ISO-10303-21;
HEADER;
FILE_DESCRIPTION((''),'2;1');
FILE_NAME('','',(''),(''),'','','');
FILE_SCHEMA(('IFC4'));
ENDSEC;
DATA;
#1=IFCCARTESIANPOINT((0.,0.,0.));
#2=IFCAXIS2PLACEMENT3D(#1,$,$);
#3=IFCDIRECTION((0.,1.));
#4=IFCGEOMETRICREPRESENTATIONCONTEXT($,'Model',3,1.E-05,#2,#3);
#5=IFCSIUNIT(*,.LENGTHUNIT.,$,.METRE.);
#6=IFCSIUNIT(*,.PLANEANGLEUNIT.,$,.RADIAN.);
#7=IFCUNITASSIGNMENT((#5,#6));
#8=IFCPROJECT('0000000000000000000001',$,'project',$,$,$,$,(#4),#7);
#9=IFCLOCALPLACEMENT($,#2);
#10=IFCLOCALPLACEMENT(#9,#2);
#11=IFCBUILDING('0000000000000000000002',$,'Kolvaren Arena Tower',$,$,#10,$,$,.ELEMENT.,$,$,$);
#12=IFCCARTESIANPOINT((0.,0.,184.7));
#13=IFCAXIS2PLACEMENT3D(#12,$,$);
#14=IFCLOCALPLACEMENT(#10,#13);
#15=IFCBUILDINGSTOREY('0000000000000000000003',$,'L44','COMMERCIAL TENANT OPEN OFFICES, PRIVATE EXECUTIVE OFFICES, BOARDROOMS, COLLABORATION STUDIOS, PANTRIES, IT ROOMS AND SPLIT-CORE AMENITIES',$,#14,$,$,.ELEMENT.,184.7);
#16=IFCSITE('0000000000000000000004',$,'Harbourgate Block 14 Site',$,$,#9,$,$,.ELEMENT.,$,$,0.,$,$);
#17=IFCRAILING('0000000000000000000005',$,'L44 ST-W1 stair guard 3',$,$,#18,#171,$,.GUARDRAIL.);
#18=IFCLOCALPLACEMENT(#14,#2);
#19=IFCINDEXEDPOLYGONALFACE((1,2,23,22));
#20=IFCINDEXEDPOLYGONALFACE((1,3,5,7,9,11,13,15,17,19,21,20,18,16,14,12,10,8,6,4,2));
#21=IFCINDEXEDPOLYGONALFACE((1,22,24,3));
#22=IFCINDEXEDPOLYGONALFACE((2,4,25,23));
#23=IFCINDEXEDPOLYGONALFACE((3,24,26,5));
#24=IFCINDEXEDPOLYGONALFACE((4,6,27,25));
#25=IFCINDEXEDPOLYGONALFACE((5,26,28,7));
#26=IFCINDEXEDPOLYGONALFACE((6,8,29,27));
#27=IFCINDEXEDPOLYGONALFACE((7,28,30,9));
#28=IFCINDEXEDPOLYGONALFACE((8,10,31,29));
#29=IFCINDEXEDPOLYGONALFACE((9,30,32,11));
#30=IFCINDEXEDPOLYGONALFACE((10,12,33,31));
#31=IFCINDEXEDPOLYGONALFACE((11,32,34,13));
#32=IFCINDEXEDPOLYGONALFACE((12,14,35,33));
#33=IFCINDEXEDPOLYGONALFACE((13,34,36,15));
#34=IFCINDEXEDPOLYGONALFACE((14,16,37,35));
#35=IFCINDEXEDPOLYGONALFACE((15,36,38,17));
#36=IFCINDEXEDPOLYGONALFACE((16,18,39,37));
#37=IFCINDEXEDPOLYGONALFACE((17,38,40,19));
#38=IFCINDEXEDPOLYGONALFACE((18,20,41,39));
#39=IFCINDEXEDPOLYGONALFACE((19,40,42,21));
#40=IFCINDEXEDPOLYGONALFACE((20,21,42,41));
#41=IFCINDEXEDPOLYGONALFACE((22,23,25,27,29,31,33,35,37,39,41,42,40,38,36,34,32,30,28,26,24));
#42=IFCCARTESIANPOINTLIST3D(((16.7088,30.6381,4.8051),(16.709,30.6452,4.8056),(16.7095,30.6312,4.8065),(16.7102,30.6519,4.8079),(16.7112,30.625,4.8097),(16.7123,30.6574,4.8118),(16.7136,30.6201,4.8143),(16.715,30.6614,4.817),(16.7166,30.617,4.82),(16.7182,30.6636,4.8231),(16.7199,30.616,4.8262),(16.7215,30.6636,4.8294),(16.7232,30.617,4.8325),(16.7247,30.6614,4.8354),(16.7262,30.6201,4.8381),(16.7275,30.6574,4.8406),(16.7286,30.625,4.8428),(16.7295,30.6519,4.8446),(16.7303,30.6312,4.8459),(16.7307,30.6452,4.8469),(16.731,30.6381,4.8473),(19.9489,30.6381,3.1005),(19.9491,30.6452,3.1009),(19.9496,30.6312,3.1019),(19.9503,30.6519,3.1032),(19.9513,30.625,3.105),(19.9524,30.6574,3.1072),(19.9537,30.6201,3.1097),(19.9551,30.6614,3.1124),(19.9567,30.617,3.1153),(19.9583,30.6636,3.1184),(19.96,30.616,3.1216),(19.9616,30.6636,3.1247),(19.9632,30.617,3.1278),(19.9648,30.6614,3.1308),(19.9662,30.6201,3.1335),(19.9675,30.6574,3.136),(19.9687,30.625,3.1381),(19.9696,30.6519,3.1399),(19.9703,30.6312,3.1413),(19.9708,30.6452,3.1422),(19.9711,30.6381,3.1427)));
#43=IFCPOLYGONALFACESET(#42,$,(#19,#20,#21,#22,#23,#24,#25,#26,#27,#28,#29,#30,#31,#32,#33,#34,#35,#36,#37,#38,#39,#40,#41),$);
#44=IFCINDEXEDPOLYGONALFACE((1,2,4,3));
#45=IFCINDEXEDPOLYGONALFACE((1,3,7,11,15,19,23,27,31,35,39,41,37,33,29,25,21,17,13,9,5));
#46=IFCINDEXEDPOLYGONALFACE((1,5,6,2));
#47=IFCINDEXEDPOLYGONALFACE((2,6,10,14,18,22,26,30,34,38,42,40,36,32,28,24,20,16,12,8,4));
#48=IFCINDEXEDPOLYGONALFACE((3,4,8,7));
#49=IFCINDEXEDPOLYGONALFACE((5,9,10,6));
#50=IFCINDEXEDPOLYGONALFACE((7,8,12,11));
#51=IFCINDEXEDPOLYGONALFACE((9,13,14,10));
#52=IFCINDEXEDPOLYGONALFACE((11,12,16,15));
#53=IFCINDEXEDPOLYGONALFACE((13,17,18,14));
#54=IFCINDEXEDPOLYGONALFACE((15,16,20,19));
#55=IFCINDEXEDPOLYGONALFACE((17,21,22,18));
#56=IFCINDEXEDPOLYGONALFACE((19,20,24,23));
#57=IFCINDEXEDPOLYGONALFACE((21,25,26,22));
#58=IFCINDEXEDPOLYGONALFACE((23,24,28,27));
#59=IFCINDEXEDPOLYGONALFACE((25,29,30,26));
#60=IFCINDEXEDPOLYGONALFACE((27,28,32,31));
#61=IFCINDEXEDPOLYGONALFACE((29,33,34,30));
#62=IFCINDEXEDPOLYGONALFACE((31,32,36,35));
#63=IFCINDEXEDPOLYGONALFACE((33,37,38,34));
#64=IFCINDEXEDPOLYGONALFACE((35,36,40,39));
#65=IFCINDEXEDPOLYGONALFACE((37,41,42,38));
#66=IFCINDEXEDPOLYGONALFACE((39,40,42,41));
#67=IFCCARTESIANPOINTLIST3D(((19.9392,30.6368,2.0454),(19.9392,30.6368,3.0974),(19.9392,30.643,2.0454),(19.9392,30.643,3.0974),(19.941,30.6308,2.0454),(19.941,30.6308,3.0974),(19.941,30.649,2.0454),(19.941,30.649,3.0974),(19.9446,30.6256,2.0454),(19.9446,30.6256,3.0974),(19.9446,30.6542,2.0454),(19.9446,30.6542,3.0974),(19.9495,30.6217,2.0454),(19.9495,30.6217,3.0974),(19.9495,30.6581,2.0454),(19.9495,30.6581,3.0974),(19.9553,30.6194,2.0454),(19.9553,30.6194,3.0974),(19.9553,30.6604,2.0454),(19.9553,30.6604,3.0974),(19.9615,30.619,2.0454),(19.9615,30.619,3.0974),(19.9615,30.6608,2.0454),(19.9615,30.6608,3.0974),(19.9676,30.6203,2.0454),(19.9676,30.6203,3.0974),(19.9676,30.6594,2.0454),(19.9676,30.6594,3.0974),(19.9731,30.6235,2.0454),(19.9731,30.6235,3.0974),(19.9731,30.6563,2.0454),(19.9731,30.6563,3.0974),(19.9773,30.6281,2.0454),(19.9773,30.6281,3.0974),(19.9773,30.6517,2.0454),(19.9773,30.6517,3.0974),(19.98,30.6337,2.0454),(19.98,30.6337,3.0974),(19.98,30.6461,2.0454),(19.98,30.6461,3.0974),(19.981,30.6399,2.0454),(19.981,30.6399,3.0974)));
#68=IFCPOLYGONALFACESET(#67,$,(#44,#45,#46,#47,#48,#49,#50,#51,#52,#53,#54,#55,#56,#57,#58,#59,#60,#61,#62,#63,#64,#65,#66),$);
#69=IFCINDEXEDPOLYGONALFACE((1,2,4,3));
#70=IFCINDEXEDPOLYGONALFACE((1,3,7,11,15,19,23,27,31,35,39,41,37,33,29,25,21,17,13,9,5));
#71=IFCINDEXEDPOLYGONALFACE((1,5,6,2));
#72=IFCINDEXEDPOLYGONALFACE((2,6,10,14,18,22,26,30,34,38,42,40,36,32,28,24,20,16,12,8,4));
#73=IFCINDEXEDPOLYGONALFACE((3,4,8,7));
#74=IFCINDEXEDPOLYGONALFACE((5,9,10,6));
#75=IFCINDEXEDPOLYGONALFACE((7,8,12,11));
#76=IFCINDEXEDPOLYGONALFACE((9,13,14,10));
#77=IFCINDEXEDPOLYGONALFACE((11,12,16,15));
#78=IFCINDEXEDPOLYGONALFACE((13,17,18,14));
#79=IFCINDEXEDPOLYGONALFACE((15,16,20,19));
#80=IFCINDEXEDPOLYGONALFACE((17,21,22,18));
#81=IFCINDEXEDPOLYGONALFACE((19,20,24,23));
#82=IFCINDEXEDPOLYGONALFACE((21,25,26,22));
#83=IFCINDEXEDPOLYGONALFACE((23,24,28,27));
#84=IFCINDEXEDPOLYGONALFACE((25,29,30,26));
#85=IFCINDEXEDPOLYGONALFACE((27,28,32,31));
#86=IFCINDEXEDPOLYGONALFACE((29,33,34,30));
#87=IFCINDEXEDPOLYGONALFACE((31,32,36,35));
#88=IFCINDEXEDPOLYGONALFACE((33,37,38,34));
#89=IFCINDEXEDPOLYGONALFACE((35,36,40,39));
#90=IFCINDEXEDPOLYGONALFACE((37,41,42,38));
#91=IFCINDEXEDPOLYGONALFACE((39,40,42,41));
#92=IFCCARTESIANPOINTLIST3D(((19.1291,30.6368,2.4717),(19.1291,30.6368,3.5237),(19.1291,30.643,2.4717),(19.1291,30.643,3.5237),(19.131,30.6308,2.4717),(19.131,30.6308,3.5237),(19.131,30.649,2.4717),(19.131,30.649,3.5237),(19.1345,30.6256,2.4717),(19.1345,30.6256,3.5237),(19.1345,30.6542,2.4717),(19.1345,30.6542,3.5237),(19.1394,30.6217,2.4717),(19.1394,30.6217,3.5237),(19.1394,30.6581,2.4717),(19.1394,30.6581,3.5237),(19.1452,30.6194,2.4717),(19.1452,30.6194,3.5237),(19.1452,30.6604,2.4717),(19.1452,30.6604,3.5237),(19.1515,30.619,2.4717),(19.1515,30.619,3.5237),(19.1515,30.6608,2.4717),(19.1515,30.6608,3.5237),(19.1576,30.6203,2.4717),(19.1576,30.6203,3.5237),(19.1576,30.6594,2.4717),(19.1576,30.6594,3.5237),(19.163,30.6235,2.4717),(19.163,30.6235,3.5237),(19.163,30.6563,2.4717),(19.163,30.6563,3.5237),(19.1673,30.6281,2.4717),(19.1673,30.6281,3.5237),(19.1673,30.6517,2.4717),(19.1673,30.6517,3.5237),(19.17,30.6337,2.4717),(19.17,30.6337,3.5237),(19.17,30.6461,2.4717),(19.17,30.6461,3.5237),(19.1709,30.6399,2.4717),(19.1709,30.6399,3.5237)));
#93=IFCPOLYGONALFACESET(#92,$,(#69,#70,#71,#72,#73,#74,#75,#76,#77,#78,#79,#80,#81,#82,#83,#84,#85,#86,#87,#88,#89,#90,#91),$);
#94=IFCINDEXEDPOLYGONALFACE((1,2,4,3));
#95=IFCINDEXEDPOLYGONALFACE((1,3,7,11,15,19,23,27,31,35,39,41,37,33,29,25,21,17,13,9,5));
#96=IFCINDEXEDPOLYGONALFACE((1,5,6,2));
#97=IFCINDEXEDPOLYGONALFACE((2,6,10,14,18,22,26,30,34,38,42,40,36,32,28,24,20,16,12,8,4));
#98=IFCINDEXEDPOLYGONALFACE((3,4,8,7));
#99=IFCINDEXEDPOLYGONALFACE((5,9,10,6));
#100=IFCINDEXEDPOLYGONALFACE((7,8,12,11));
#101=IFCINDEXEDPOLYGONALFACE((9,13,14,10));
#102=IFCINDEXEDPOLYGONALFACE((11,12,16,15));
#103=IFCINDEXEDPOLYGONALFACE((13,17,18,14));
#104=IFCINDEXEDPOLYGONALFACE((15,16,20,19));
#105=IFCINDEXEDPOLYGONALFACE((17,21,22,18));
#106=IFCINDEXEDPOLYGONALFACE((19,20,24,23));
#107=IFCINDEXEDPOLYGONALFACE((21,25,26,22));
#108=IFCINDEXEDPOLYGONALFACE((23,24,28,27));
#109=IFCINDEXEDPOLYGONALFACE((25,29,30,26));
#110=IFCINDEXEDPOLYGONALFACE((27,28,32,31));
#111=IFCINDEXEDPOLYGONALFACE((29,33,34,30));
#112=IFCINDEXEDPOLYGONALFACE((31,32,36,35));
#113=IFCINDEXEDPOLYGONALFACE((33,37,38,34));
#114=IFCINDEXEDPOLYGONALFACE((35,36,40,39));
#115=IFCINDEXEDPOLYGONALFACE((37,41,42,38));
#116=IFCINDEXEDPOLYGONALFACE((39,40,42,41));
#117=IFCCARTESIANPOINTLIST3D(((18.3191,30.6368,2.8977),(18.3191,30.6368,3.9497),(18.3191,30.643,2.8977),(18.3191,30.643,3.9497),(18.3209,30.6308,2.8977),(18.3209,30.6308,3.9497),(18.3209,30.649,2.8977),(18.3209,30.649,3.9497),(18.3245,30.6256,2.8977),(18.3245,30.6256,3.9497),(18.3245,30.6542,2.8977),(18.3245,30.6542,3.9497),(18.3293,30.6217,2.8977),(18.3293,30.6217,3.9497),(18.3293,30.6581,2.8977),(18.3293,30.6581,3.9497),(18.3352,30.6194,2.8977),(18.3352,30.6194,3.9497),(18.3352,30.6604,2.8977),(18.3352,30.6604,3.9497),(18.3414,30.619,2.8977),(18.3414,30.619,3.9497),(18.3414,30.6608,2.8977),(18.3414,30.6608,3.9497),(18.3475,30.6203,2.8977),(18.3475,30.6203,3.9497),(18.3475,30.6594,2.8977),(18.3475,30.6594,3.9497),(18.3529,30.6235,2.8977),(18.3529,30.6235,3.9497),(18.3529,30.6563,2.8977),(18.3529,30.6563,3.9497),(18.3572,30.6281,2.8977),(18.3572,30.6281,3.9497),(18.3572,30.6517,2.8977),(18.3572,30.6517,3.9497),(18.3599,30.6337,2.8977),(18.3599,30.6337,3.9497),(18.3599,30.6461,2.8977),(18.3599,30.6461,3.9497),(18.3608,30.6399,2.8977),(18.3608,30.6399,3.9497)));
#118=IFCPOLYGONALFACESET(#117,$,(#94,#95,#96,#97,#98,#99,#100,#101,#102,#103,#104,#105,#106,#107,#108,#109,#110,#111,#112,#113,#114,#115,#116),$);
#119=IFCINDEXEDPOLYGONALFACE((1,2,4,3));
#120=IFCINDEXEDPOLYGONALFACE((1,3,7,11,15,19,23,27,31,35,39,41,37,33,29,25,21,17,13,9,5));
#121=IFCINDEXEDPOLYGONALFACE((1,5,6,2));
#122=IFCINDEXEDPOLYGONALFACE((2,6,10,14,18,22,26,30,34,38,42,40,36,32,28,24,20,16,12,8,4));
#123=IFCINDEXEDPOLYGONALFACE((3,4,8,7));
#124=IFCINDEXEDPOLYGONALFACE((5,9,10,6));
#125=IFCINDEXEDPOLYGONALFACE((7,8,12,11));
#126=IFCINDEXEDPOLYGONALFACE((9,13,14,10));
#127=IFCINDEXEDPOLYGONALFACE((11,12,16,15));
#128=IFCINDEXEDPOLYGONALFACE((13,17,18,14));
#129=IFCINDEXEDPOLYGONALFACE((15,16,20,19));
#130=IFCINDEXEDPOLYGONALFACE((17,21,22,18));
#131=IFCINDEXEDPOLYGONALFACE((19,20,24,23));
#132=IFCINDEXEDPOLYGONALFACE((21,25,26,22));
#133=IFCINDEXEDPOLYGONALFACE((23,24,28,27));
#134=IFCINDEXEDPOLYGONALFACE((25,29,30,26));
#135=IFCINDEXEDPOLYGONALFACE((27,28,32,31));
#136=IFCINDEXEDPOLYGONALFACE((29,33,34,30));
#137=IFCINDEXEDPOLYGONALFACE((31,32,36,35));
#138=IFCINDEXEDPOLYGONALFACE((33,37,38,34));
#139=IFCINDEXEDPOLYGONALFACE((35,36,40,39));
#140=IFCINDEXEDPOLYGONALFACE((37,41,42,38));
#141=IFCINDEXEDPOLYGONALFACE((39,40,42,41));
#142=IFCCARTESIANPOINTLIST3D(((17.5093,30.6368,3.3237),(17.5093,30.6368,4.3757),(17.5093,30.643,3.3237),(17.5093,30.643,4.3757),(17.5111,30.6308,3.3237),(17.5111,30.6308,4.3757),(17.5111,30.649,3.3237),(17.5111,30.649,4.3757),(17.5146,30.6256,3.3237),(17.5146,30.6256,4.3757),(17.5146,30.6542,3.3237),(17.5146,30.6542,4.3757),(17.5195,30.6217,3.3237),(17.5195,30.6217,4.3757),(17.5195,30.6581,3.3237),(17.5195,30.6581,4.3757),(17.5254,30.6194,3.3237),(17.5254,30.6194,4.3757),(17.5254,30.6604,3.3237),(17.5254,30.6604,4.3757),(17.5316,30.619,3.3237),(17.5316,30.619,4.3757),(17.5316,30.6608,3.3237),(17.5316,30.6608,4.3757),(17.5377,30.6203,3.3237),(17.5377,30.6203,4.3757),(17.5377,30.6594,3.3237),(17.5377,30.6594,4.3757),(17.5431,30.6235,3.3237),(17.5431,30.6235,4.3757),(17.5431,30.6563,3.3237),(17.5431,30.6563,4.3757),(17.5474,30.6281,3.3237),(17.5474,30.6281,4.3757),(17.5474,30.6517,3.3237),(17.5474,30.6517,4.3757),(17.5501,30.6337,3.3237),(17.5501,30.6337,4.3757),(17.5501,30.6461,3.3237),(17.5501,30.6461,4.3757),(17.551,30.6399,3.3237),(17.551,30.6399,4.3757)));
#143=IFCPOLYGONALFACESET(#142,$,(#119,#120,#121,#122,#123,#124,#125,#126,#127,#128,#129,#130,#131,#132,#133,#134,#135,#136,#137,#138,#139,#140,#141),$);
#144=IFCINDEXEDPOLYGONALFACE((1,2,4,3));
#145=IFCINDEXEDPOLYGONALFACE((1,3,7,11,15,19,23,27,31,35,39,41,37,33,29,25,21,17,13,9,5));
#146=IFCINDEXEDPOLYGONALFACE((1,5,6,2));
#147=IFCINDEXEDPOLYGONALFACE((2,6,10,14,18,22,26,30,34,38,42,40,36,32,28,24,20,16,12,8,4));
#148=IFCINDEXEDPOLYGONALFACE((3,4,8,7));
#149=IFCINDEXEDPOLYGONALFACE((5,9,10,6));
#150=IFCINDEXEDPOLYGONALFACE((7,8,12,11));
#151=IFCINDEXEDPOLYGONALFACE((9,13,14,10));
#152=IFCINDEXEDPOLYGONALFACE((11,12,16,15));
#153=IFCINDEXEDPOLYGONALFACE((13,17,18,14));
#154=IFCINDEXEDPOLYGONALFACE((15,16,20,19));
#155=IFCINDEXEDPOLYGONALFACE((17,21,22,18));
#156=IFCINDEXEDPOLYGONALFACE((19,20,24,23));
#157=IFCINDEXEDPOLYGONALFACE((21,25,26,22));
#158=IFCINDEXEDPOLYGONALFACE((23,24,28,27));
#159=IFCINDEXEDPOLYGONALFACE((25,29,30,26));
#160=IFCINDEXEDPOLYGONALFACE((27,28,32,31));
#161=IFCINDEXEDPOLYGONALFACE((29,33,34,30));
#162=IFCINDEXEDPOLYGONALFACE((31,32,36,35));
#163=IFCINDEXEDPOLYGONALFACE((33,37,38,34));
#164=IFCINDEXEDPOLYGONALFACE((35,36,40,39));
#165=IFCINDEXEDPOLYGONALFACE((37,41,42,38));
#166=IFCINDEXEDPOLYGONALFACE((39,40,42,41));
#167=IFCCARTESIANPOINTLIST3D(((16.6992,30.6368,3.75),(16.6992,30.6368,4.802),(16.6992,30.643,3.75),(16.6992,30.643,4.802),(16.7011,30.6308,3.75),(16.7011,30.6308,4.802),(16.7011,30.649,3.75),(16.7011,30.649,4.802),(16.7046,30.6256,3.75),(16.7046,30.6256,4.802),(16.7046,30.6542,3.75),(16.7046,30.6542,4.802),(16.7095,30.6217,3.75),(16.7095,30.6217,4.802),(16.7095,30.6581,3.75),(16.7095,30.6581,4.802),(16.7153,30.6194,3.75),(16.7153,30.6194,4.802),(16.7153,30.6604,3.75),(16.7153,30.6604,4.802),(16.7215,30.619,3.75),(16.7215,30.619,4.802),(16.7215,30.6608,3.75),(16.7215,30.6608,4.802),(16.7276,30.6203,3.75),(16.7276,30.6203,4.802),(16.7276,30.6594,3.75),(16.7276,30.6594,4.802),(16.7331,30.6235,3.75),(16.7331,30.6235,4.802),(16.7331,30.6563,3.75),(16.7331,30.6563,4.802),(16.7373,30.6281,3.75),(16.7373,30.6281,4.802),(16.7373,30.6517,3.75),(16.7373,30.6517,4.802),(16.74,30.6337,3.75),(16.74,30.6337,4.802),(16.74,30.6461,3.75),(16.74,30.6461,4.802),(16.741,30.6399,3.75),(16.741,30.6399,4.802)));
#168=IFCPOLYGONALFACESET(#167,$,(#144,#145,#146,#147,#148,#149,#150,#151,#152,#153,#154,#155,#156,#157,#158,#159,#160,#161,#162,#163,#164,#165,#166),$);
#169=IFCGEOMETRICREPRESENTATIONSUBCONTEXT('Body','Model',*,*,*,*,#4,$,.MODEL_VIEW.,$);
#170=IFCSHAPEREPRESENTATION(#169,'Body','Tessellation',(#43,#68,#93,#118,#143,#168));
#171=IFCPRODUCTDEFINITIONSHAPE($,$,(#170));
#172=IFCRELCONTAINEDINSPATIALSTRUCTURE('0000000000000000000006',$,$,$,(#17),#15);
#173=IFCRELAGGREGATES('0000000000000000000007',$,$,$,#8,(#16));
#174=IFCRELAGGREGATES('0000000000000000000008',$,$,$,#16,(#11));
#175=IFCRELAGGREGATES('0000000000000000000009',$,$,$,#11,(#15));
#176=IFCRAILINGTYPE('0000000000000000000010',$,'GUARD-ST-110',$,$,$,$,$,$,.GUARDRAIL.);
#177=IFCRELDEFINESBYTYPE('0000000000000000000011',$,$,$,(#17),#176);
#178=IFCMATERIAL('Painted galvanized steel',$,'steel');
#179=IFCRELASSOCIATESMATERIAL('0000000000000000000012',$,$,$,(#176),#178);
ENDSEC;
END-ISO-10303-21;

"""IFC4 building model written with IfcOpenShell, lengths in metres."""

from ifc_helpers import new_model, si_unit, direction, frame, origin, origin_2d, place, context, subcontext, project, spatial, circle, extrude, material, type_object, element, save


model = new_model("IFC4")

# Units and contexts
model_context = context("Model", 3, precision=1e-05, world=origin(), true_north=direction((0.0, 1.0)))
body_context = subcontext(model_context, "Body", "Model", "MODEL_VIEW")
ifc_project = project(units=[si_unit("LENGTHUNIT", "METRE"), si_unit("PLANEANGLEUNIT", "RADIAN")], contexts=[model_context])

# Site, building, storey
site_placement = place(None, origin())
site = spatial("IfcSite", under=ifc_project, at=site_placement, Name="Harbourgate Block 14 Site", CompositionType="ELEMENT", RefElevation=0.0)
building_placement = place(site_placement, origin())
building = spatial("IfcBuilding", under=site, at=building_placement, Name="Kolvaren Arena Tower", CompositionType="ELEMENT")
storey_placement = place(building_placement, frame((0.0, 0.0, 184.7)))
storey = spatial("IfcBuildingStorey", under=building, at=storey_placement, Name="L44", Description="COMMERCIAL TENANT OPEN OFFICES, PRIVATE EXECUTIVE OFFICES, BOARDROOMS, COLLABORATION STUDIOS, PANTRIES, IT ROOMS AND SPLIT-CORE AMENITIES", CompositionType="ELEMENT", Elevation=184.7)

# Railing
ifc_material_1 = material(Name="Painted galvanized steel", Category="steel")
railing_type_1 = type_object("IfcRailingType", Name="GUARD-ST-110", PredefinedType="GUARDRAIL", material=ifc_material_1)
railing_1_placement = place(storey_placement, frame((19.96, 30.6399, 2.0454)))
element("IfcRailing", 1, at=railing_1_placement, inside=storey, type_object=railing_type_1, Name="L44 ST-W1 stair guard 3", PredefinedType="GUARDRAIL", context=body_context, shape_type="SweptSolid", body=[
    extrude(circle(Radius=0.0239, at=origin_2d()), frame((0.0, 0.0, 1.0762), z_axis=(-0.884993, 0.0, 0.465604), x_axis=(0.0, -1.0, 0.0)), (0.0, 0.0, 1.0), 3.6611),
    extrude(circle(Radius=0.021, at=origin_2d()), origin(), (0.0, 0.0, 1.0), 1.052),
    extrude(circle(Radius=0.021, at=origin_2d()), frame((-0.8101, 0.0, 0.4263)), (0.0, 0.0, 1.0), 1.052),
    extrude(circle(Radius=0.021, at=origin_2d()), frame((-1.6201, 0.0, 0.8523)), (0.0, 0.0, 1.0), 1.052),
    extrude(circle(Radius=0.021, at=origin_2d()), frame((-2.4299, 0.0, 1.2783)), (0.0, 0.0, 1.0), 1.052),
    extrude(circle(Radius=0.021, at=origin_2d()), frame((-3.24, 0.0, 1.7046)), (0.0, 0.0, 1.0), 1.052),
])

save(model, "model.ifc")
